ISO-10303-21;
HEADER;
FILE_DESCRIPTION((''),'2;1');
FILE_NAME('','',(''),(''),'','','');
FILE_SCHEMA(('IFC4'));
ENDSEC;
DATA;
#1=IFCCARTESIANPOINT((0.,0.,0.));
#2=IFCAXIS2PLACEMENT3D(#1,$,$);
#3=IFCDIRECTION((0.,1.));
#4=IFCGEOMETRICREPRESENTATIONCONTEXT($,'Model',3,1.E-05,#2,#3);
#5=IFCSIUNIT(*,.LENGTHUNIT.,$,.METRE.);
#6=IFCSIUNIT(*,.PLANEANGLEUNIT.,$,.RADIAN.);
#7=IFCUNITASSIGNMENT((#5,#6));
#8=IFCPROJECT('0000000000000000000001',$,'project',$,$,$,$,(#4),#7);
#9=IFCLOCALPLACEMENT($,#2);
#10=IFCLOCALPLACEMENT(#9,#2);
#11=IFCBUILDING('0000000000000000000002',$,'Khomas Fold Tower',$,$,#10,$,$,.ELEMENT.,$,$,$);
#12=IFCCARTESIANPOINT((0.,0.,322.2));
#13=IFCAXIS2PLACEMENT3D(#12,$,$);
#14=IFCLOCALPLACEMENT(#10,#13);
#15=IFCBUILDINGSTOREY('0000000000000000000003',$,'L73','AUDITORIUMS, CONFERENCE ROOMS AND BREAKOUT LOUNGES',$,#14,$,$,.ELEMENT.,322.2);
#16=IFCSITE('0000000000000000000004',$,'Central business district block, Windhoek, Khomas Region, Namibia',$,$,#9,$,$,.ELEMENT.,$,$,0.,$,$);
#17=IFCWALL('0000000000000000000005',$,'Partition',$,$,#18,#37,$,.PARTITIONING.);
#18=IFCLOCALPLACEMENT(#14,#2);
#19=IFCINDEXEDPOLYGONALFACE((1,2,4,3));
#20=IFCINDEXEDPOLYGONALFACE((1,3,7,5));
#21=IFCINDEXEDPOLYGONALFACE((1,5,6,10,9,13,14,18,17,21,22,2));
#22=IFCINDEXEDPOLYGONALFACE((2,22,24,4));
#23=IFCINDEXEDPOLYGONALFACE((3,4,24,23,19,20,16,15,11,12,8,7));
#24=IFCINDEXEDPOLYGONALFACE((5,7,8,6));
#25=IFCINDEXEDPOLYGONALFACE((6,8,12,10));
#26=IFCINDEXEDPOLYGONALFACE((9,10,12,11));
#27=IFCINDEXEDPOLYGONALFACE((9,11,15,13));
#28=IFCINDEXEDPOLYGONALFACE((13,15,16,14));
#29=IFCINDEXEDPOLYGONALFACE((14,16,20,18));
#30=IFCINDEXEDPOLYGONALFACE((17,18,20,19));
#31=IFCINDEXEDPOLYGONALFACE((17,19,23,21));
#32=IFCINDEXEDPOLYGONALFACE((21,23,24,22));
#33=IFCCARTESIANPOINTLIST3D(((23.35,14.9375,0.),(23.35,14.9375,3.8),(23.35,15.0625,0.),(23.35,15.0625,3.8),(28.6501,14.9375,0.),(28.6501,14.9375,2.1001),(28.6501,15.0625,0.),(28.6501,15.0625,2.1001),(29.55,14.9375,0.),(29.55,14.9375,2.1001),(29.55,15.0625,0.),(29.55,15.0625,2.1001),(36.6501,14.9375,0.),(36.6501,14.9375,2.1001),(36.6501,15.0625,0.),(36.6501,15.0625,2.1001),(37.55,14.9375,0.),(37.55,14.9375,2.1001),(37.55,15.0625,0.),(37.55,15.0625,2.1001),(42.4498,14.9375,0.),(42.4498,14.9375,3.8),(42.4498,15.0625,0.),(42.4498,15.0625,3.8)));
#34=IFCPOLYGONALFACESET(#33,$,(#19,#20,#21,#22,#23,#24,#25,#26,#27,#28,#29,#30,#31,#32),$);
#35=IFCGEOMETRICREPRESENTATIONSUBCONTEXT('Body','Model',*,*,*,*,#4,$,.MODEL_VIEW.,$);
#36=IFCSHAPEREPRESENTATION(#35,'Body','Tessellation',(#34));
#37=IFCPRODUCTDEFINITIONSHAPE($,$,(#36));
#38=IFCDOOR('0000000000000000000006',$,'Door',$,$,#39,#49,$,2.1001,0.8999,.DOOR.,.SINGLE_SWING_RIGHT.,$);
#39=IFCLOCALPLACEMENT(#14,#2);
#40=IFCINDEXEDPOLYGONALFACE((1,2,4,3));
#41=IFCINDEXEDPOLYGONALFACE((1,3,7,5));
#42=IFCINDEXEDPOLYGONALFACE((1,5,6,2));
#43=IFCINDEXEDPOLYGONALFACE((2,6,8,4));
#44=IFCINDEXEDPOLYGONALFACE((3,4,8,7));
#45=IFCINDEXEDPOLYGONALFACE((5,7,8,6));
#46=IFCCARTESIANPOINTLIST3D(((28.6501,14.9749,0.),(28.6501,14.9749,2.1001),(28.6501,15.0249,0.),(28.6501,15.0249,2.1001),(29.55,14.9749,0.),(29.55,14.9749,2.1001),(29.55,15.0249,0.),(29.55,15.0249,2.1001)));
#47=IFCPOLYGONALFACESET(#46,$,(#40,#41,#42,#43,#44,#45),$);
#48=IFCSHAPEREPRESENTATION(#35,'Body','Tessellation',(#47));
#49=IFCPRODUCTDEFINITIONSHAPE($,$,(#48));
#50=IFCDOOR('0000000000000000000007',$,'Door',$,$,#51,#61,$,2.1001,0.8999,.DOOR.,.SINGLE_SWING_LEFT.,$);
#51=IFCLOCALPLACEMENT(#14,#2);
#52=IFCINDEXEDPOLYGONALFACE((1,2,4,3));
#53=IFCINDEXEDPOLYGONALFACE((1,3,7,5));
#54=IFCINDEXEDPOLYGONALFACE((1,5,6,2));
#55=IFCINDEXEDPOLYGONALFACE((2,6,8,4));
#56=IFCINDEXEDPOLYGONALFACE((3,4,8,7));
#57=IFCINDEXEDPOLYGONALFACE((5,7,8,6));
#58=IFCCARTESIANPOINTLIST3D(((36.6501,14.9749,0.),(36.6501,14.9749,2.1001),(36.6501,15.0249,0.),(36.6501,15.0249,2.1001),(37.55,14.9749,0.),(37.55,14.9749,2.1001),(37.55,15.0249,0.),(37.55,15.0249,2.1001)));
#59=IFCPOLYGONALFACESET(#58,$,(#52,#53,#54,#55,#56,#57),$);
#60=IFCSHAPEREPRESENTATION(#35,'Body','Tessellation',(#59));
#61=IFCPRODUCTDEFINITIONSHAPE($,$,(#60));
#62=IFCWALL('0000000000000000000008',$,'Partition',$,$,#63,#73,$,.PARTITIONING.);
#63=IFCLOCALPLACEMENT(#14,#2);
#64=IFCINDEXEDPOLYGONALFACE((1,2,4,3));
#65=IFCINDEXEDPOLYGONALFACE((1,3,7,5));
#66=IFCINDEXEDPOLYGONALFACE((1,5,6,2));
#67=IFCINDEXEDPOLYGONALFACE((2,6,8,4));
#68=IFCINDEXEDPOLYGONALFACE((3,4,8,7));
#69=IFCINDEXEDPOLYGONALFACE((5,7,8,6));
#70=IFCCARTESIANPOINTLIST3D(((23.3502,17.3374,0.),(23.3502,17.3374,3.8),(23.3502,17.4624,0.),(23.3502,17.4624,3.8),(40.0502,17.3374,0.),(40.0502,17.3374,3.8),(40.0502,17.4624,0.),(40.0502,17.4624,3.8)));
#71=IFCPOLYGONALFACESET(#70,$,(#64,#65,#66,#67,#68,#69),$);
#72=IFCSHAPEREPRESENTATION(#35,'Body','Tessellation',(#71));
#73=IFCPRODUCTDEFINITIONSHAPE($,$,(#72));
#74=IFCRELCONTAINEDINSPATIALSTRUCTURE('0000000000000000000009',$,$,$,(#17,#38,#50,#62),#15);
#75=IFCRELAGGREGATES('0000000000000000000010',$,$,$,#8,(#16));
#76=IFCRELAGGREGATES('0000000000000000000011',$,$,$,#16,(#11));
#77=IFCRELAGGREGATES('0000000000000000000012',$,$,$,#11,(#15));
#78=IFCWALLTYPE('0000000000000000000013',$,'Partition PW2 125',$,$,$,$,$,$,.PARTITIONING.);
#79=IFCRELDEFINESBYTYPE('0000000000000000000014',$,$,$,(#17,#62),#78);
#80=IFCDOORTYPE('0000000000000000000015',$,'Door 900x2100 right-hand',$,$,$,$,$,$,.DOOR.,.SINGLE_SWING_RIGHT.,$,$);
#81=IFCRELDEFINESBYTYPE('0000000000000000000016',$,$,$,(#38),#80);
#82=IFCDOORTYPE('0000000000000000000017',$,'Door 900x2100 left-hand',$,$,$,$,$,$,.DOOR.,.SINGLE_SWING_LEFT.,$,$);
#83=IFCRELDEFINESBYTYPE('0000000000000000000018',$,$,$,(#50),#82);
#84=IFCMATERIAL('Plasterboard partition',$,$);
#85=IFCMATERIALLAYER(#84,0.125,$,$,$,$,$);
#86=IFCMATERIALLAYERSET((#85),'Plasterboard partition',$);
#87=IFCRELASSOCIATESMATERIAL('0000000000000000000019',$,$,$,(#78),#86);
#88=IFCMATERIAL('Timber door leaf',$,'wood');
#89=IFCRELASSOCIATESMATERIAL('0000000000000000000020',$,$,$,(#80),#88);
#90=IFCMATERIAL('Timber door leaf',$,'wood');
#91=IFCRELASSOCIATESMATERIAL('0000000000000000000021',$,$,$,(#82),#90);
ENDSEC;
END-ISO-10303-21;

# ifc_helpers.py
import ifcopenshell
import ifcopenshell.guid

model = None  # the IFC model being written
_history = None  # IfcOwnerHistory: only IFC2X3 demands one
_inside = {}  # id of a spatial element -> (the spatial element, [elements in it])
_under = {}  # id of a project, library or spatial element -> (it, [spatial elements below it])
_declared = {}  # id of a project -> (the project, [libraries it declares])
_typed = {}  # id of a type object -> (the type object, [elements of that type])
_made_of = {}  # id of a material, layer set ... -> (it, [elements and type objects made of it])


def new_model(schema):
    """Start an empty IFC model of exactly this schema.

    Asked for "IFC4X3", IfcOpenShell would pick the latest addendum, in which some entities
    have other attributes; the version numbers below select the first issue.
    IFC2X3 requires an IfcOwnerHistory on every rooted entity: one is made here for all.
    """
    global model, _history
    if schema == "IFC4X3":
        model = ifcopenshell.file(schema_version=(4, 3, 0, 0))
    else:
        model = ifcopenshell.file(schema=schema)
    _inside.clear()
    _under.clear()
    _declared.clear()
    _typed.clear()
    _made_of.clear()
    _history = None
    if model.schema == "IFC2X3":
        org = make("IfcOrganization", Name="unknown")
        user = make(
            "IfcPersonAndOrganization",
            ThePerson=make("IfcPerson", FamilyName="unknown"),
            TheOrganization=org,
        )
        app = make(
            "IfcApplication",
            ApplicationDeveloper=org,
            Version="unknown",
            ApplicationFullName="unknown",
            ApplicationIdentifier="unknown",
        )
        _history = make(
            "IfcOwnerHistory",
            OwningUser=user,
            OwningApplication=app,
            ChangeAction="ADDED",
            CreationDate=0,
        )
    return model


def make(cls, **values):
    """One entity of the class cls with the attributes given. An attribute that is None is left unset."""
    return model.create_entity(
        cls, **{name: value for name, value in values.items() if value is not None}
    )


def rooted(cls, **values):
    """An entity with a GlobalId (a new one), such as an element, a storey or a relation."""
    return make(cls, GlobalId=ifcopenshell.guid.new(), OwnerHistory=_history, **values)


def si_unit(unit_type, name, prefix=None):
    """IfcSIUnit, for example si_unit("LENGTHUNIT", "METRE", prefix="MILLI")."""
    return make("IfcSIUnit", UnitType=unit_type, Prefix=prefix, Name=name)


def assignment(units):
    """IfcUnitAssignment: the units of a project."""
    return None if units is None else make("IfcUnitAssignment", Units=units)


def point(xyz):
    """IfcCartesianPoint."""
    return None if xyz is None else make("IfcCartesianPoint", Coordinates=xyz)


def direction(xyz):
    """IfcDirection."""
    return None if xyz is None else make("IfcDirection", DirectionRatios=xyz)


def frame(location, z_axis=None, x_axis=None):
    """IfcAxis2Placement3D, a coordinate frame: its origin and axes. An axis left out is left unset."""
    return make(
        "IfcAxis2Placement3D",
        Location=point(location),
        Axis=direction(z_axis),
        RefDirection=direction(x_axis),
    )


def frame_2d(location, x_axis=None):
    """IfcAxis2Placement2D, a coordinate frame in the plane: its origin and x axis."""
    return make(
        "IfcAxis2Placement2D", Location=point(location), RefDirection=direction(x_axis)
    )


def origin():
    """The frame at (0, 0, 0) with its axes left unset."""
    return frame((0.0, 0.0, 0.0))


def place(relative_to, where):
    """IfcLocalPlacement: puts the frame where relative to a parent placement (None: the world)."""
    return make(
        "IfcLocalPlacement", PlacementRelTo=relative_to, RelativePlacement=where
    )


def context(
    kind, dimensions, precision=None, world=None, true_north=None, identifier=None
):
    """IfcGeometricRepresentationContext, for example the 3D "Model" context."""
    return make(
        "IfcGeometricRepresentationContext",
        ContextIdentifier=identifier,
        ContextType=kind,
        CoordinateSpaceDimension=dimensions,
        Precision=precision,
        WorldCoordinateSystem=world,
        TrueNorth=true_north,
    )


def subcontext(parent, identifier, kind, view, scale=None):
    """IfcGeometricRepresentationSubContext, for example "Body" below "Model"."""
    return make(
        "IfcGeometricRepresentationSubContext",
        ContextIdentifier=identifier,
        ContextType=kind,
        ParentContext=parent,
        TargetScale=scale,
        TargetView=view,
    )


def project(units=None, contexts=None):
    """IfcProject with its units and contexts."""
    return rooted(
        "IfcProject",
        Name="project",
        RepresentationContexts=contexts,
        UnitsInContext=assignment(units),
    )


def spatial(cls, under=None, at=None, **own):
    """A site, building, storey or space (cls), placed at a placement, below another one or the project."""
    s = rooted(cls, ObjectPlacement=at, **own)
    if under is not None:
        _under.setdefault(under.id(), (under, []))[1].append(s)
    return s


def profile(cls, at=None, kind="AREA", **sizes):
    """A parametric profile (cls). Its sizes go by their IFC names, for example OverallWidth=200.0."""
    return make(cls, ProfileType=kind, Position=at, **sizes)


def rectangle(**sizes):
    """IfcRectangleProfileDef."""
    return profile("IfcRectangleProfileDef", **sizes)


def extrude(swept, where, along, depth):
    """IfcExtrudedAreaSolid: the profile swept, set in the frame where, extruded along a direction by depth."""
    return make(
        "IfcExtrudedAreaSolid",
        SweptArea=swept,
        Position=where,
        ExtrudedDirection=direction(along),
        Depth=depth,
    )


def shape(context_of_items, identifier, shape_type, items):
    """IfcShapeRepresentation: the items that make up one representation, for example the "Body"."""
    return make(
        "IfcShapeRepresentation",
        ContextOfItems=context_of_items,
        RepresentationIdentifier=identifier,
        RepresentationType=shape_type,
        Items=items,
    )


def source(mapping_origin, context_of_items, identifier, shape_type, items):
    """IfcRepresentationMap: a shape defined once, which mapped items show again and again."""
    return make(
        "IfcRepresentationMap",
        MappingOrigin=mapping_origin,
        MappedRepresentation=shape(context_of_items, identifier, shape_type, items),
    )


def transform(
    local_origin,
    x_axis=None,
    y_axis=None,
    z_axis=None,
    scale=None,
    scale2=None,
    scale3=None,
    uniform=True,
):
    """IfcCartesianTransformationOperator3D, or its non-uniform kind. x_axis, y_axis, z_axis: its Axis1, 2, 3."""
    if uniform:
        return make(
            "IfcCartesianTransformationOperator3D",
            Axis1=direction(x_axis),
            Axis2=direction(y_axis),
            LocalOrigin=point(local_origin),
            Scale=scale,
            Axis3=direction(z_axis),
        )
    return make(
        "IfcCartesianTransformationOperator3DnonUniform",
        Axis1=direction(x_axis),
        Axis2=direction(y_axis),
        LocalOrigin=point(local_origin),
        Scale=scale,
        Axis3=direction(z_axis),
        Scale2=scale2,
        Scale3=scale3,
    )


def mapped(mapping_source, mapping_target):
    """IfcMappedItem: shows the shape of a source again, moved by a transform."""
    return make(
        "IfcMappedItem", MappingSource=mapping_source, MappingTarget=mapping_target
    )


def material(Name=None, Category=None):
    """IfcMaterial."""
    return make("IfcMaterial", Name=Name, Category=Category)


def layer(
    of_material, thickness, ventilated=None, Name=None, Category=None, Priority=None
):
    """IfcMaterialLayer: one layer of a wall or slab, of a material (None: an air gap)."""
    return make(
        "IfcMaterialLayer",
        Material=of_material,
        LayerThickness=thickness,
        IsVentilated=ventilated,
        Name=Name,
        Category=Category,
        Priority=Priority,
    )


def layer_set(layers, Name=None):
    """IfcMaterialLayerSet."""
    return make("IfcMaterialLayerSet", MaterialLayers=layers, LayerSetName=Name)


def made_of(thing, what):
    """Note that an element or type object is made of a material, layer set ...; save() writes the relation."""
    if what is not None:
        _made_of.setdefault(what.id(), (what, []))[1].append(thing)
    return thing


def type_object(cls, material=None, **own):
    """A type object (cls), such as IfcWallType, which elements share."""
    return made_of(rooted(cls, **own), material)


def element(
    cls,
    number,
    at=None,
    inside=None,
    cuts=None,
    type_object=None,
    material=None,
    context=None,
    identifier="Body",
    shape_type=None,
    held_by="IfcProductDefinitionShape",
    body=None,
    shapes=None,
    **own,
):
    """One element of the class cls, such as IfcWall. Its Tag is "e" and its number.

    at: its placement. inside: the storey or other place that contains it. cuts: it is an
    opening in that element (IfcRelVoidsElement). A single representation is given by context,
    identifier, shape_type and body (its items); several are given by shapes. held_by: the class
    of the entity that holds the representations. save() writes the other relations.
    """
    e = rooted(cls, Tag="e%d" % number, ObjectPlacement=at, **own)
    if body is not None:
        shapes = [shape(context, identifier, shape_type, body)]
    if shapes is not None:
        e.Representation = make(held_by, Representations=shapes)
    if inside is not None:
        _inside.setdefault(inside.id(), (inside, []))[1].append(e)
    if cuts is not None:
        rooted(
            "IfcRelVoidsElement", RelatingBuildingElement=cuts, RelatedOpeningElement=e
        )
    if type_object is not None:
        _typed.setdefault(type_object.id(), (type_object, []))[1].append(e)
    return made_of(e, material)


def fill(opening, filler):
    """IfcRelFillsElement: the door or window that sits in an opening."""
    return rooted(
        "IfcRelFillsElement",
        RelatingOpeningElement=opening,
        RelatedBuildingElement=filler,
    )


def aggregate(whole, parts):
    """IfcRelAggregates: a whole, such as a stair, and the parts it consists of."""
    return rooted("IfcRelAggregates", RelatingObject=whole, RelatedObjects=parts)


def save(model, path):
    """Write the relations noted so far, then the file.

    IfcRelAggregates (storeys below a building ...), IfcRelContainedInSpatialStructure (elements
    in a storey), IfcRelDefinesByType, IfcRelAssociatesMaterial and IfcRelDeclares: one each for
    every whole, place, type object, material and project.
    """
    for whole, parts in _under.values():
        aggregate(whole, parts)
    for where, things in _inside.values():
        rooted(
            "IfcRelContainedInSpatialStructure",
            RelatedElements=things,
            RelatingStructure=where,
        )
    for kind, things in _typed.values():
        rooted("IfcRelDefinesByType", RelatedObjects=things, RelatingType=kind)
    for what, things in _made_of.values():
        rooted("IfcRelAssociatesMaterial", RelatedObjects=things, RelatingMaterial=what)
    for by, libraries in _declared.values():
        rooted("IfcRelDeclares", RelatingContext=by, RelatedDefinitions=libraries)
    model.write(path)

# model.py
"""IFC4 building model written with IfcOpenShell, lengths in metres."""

from ifc_helpers import new_model, si_unit, direction, frame, frame_2d, origin, place, context, subcontext, project, spatial, rectangle, extrude, source, transform, mapped, material, layer, layer_set, type_object, element, fill, save


model = new_model("IFC4")

# Units and contexts
model_context = context("Model", 3, precision=1e-05, world=origin(), true_north=direction((0.0, 1.0)))
body_context = subcontext(model_context, "Body", "Model", "MODEL_VIEW")
ifc_project = project(units=[si_unit("LENGTHUNIT", "METRE"), si_unit("PLANEANGLEUNIT", "RADIAN")], contexts=[model_context])

# Site, building, storey
site_placement = place(None, origin())
site = spatial("IfcSite", under=ifc_project, at=site_placement, Name="Central business district block, Windhoek, Khomas Region, Namibia", CompositionType="ELEMENT", RefElevation=0.0)
building_placement = place(site_placement, origin())
building = spatial("IfcBuilding", under=site, at=building_placement, Name="Khomas Fold Tower", CompositionType="ELEMENT")
storey_placement = place(building_placement, frame((0.0, 0.0, 322.2)))
storey = spatial("IfcBuildingStorey", under=building, at=storey_placement, Name="L73", Description="AUDITORIUMS, CONFERENCE ROOMS AND BREAKOUT LOUNGES", CompositionType="ELEMENT", Elevation=322.2)

# Shared definitions
ifc_material_1 = material(Name="Plasterboard partition")
ifc_layer_1 = layer(ifc_material_1, 0.125)
ifc_layer_set_1 = layer_set([ifc_layer_1], Name="Plasterboard partition")
wall_type_1 = type_object("IfcWallType", Name="Partition PW2 125", PredefinedType="PARTITIONING", material=ifc_layer_set_1)
shared_shape_1 = source(origin(), body_context, "Body", "SweptSolid", [
    extrude(rectangle(XDim=0.8999, YDim=2.1001, at=frame_2d((0.45, 1.05))), frame((0.0, 0.0725, 0.0), z_axis=(0.0, -1.0, 0.0), x_axis=(1.0, 0.0, 0.0)), (0.0, 0.0, 1.0), 0.145),
])
ifc_material_2 = material(Name="Timber door leaf", Category="wood")
door_type_1 = type_object("IfcDoorType", Name="Door 900x2100 right-hand", OperationType="SINGLE_SWING_RIGHT", PredefinedType="DOOR", material=ifc_material_2)
shared_shape_2 = source(origin(), body_context, "Body", "SweptSolid", [
    extrude(rectangle(XDim=0.8999, YDim=2.1001, at=frame_2d((0.45, 1.05))), frame((0.0, 0.0249, 0.0), z_axis=(0.0, -1.0, 0.0), x_axis=(1.0, 0.0, 0.0)), (0.0, 0.0, 1.0), 0.05),
])

# Wall, openings, doors
shared_shape_3 = source(origin(), body_context, "Body", "SweptSolid", [
    extrude(rectangle(XDim=19.0999, YDim=0.125, at=frame_2d((9.5498, 0.0))), origin(), (0.0, 0.0, 1.0), 3.8),
])
wall_1_placement = place(storey_placement, frame((23.3501, 15.0, 0.0), z_axis=(0.0, 0.0, 1.0), x_axis=(1.0, 0.0, 0.0)))
wall_1 = element("IfcWall", 1, at=wall_1_placement, inside=storey, type_object=wall_type_1, Name="Partition", PredefinedType="PARTITIONING", context=body_context, shape_type="MappedRepresentation", body=[
    mapped(shared_shape_3, transform((0.0, 0.0, 0.0))),
])
opening_1_placement = place(wall_1_placement, frame((5.3, 0.0, 0.0)))
opening_1 = element("IfcOpeningElement", 2, at=opening_1_placement, cuts=wall_1, PredefinedType="OPENING", context=body_context, shape_type="MappedRepresentation", body=[
    mapped(shared_shape_1, transform((0.0, 0.0, 0.0))),
])
opening_2_placement = place(wall_1_placement, frame((13.3, 0.0, 0.0)))
opening_2 = element("IfcOpeningElement", 3, at=opening_2_placement, cuts=wall_1, PredefinedType="OPENING", context=body_context, shape_type="MappedRepresentation", body=[
    mapped(shared_shape_1, transform((0.0, 0.0, 0.0))),
])
door_1_placement = place(opening_1_placement, origin())
door_1 = element("IfcDoor", 4, at=door_1_placement, inside=storey, type_object=door_type_1, Name="Door", OperationType="SINGLE_SWING_RIGHT", OverallHeight=2.1001, OverallWidth=0.8999, PredefinedType="DOOR", context=body_context, shape_type="MappedRepresentation", body=[
    mapped(shared_shape_2, transform((0.0, 0.0, 0.0))),
])
fill(opening_1, door_1)
ifc_material_3 = material(Name="Timber door leaf", Category="wood")
door_type_2 = type_object("IfcDoorType", Name="Door 900x2100 left-hand", OperationType="SINGLE_SWING_LEFT", PredefinedType="DOOR", material=ifc_material_3)
door_2_placement = place(opening_2_placement, origin())
door_2 = element("IfcDoor", 5, at=door_2_placement, inside=storey, type_object=door_type_2, Name="Door", OperationType="SINGLE_SWING_LEFT", OverallHeight=2.1001, OverallWidth=0.8999, PredefinedType="DOOR", context=body_context, shape_type="MappedRepresentation", body=[
    mapped(shared_shape_2, transform((0.0, 0.0, 0.0))),
])
fill(opening_2, door_2)

# Wall
shared_shape_4 = source(origin(), body_context, "Body", "SweptSolid", [
    extrude(rectangle(XDim=16.7, YDim=0.125, at=frame_2d((8.3501, 0.0))), origin(), (0.0, 0.0, 1.0), 3.8),
])
wall_2_placement = place(storey_placement, frame((23.3501, 17.3999, 0.0), z_axis=(0.0, 0.0, 1.0), x_axis=(1.0, 0.0, 0.0)))
element("IfcWall", 6, at=wall_2_placement, inside=storey, type_object=wall_type_1, Name="Partition", PredefinedType="PARTITIONING", context=body_context, shape_type="MappedRepresentation", body=[
    mapped(shared_shape_4, transform((0.0, 0.0, 0.0))),
])

save(model, "model.ifc")
